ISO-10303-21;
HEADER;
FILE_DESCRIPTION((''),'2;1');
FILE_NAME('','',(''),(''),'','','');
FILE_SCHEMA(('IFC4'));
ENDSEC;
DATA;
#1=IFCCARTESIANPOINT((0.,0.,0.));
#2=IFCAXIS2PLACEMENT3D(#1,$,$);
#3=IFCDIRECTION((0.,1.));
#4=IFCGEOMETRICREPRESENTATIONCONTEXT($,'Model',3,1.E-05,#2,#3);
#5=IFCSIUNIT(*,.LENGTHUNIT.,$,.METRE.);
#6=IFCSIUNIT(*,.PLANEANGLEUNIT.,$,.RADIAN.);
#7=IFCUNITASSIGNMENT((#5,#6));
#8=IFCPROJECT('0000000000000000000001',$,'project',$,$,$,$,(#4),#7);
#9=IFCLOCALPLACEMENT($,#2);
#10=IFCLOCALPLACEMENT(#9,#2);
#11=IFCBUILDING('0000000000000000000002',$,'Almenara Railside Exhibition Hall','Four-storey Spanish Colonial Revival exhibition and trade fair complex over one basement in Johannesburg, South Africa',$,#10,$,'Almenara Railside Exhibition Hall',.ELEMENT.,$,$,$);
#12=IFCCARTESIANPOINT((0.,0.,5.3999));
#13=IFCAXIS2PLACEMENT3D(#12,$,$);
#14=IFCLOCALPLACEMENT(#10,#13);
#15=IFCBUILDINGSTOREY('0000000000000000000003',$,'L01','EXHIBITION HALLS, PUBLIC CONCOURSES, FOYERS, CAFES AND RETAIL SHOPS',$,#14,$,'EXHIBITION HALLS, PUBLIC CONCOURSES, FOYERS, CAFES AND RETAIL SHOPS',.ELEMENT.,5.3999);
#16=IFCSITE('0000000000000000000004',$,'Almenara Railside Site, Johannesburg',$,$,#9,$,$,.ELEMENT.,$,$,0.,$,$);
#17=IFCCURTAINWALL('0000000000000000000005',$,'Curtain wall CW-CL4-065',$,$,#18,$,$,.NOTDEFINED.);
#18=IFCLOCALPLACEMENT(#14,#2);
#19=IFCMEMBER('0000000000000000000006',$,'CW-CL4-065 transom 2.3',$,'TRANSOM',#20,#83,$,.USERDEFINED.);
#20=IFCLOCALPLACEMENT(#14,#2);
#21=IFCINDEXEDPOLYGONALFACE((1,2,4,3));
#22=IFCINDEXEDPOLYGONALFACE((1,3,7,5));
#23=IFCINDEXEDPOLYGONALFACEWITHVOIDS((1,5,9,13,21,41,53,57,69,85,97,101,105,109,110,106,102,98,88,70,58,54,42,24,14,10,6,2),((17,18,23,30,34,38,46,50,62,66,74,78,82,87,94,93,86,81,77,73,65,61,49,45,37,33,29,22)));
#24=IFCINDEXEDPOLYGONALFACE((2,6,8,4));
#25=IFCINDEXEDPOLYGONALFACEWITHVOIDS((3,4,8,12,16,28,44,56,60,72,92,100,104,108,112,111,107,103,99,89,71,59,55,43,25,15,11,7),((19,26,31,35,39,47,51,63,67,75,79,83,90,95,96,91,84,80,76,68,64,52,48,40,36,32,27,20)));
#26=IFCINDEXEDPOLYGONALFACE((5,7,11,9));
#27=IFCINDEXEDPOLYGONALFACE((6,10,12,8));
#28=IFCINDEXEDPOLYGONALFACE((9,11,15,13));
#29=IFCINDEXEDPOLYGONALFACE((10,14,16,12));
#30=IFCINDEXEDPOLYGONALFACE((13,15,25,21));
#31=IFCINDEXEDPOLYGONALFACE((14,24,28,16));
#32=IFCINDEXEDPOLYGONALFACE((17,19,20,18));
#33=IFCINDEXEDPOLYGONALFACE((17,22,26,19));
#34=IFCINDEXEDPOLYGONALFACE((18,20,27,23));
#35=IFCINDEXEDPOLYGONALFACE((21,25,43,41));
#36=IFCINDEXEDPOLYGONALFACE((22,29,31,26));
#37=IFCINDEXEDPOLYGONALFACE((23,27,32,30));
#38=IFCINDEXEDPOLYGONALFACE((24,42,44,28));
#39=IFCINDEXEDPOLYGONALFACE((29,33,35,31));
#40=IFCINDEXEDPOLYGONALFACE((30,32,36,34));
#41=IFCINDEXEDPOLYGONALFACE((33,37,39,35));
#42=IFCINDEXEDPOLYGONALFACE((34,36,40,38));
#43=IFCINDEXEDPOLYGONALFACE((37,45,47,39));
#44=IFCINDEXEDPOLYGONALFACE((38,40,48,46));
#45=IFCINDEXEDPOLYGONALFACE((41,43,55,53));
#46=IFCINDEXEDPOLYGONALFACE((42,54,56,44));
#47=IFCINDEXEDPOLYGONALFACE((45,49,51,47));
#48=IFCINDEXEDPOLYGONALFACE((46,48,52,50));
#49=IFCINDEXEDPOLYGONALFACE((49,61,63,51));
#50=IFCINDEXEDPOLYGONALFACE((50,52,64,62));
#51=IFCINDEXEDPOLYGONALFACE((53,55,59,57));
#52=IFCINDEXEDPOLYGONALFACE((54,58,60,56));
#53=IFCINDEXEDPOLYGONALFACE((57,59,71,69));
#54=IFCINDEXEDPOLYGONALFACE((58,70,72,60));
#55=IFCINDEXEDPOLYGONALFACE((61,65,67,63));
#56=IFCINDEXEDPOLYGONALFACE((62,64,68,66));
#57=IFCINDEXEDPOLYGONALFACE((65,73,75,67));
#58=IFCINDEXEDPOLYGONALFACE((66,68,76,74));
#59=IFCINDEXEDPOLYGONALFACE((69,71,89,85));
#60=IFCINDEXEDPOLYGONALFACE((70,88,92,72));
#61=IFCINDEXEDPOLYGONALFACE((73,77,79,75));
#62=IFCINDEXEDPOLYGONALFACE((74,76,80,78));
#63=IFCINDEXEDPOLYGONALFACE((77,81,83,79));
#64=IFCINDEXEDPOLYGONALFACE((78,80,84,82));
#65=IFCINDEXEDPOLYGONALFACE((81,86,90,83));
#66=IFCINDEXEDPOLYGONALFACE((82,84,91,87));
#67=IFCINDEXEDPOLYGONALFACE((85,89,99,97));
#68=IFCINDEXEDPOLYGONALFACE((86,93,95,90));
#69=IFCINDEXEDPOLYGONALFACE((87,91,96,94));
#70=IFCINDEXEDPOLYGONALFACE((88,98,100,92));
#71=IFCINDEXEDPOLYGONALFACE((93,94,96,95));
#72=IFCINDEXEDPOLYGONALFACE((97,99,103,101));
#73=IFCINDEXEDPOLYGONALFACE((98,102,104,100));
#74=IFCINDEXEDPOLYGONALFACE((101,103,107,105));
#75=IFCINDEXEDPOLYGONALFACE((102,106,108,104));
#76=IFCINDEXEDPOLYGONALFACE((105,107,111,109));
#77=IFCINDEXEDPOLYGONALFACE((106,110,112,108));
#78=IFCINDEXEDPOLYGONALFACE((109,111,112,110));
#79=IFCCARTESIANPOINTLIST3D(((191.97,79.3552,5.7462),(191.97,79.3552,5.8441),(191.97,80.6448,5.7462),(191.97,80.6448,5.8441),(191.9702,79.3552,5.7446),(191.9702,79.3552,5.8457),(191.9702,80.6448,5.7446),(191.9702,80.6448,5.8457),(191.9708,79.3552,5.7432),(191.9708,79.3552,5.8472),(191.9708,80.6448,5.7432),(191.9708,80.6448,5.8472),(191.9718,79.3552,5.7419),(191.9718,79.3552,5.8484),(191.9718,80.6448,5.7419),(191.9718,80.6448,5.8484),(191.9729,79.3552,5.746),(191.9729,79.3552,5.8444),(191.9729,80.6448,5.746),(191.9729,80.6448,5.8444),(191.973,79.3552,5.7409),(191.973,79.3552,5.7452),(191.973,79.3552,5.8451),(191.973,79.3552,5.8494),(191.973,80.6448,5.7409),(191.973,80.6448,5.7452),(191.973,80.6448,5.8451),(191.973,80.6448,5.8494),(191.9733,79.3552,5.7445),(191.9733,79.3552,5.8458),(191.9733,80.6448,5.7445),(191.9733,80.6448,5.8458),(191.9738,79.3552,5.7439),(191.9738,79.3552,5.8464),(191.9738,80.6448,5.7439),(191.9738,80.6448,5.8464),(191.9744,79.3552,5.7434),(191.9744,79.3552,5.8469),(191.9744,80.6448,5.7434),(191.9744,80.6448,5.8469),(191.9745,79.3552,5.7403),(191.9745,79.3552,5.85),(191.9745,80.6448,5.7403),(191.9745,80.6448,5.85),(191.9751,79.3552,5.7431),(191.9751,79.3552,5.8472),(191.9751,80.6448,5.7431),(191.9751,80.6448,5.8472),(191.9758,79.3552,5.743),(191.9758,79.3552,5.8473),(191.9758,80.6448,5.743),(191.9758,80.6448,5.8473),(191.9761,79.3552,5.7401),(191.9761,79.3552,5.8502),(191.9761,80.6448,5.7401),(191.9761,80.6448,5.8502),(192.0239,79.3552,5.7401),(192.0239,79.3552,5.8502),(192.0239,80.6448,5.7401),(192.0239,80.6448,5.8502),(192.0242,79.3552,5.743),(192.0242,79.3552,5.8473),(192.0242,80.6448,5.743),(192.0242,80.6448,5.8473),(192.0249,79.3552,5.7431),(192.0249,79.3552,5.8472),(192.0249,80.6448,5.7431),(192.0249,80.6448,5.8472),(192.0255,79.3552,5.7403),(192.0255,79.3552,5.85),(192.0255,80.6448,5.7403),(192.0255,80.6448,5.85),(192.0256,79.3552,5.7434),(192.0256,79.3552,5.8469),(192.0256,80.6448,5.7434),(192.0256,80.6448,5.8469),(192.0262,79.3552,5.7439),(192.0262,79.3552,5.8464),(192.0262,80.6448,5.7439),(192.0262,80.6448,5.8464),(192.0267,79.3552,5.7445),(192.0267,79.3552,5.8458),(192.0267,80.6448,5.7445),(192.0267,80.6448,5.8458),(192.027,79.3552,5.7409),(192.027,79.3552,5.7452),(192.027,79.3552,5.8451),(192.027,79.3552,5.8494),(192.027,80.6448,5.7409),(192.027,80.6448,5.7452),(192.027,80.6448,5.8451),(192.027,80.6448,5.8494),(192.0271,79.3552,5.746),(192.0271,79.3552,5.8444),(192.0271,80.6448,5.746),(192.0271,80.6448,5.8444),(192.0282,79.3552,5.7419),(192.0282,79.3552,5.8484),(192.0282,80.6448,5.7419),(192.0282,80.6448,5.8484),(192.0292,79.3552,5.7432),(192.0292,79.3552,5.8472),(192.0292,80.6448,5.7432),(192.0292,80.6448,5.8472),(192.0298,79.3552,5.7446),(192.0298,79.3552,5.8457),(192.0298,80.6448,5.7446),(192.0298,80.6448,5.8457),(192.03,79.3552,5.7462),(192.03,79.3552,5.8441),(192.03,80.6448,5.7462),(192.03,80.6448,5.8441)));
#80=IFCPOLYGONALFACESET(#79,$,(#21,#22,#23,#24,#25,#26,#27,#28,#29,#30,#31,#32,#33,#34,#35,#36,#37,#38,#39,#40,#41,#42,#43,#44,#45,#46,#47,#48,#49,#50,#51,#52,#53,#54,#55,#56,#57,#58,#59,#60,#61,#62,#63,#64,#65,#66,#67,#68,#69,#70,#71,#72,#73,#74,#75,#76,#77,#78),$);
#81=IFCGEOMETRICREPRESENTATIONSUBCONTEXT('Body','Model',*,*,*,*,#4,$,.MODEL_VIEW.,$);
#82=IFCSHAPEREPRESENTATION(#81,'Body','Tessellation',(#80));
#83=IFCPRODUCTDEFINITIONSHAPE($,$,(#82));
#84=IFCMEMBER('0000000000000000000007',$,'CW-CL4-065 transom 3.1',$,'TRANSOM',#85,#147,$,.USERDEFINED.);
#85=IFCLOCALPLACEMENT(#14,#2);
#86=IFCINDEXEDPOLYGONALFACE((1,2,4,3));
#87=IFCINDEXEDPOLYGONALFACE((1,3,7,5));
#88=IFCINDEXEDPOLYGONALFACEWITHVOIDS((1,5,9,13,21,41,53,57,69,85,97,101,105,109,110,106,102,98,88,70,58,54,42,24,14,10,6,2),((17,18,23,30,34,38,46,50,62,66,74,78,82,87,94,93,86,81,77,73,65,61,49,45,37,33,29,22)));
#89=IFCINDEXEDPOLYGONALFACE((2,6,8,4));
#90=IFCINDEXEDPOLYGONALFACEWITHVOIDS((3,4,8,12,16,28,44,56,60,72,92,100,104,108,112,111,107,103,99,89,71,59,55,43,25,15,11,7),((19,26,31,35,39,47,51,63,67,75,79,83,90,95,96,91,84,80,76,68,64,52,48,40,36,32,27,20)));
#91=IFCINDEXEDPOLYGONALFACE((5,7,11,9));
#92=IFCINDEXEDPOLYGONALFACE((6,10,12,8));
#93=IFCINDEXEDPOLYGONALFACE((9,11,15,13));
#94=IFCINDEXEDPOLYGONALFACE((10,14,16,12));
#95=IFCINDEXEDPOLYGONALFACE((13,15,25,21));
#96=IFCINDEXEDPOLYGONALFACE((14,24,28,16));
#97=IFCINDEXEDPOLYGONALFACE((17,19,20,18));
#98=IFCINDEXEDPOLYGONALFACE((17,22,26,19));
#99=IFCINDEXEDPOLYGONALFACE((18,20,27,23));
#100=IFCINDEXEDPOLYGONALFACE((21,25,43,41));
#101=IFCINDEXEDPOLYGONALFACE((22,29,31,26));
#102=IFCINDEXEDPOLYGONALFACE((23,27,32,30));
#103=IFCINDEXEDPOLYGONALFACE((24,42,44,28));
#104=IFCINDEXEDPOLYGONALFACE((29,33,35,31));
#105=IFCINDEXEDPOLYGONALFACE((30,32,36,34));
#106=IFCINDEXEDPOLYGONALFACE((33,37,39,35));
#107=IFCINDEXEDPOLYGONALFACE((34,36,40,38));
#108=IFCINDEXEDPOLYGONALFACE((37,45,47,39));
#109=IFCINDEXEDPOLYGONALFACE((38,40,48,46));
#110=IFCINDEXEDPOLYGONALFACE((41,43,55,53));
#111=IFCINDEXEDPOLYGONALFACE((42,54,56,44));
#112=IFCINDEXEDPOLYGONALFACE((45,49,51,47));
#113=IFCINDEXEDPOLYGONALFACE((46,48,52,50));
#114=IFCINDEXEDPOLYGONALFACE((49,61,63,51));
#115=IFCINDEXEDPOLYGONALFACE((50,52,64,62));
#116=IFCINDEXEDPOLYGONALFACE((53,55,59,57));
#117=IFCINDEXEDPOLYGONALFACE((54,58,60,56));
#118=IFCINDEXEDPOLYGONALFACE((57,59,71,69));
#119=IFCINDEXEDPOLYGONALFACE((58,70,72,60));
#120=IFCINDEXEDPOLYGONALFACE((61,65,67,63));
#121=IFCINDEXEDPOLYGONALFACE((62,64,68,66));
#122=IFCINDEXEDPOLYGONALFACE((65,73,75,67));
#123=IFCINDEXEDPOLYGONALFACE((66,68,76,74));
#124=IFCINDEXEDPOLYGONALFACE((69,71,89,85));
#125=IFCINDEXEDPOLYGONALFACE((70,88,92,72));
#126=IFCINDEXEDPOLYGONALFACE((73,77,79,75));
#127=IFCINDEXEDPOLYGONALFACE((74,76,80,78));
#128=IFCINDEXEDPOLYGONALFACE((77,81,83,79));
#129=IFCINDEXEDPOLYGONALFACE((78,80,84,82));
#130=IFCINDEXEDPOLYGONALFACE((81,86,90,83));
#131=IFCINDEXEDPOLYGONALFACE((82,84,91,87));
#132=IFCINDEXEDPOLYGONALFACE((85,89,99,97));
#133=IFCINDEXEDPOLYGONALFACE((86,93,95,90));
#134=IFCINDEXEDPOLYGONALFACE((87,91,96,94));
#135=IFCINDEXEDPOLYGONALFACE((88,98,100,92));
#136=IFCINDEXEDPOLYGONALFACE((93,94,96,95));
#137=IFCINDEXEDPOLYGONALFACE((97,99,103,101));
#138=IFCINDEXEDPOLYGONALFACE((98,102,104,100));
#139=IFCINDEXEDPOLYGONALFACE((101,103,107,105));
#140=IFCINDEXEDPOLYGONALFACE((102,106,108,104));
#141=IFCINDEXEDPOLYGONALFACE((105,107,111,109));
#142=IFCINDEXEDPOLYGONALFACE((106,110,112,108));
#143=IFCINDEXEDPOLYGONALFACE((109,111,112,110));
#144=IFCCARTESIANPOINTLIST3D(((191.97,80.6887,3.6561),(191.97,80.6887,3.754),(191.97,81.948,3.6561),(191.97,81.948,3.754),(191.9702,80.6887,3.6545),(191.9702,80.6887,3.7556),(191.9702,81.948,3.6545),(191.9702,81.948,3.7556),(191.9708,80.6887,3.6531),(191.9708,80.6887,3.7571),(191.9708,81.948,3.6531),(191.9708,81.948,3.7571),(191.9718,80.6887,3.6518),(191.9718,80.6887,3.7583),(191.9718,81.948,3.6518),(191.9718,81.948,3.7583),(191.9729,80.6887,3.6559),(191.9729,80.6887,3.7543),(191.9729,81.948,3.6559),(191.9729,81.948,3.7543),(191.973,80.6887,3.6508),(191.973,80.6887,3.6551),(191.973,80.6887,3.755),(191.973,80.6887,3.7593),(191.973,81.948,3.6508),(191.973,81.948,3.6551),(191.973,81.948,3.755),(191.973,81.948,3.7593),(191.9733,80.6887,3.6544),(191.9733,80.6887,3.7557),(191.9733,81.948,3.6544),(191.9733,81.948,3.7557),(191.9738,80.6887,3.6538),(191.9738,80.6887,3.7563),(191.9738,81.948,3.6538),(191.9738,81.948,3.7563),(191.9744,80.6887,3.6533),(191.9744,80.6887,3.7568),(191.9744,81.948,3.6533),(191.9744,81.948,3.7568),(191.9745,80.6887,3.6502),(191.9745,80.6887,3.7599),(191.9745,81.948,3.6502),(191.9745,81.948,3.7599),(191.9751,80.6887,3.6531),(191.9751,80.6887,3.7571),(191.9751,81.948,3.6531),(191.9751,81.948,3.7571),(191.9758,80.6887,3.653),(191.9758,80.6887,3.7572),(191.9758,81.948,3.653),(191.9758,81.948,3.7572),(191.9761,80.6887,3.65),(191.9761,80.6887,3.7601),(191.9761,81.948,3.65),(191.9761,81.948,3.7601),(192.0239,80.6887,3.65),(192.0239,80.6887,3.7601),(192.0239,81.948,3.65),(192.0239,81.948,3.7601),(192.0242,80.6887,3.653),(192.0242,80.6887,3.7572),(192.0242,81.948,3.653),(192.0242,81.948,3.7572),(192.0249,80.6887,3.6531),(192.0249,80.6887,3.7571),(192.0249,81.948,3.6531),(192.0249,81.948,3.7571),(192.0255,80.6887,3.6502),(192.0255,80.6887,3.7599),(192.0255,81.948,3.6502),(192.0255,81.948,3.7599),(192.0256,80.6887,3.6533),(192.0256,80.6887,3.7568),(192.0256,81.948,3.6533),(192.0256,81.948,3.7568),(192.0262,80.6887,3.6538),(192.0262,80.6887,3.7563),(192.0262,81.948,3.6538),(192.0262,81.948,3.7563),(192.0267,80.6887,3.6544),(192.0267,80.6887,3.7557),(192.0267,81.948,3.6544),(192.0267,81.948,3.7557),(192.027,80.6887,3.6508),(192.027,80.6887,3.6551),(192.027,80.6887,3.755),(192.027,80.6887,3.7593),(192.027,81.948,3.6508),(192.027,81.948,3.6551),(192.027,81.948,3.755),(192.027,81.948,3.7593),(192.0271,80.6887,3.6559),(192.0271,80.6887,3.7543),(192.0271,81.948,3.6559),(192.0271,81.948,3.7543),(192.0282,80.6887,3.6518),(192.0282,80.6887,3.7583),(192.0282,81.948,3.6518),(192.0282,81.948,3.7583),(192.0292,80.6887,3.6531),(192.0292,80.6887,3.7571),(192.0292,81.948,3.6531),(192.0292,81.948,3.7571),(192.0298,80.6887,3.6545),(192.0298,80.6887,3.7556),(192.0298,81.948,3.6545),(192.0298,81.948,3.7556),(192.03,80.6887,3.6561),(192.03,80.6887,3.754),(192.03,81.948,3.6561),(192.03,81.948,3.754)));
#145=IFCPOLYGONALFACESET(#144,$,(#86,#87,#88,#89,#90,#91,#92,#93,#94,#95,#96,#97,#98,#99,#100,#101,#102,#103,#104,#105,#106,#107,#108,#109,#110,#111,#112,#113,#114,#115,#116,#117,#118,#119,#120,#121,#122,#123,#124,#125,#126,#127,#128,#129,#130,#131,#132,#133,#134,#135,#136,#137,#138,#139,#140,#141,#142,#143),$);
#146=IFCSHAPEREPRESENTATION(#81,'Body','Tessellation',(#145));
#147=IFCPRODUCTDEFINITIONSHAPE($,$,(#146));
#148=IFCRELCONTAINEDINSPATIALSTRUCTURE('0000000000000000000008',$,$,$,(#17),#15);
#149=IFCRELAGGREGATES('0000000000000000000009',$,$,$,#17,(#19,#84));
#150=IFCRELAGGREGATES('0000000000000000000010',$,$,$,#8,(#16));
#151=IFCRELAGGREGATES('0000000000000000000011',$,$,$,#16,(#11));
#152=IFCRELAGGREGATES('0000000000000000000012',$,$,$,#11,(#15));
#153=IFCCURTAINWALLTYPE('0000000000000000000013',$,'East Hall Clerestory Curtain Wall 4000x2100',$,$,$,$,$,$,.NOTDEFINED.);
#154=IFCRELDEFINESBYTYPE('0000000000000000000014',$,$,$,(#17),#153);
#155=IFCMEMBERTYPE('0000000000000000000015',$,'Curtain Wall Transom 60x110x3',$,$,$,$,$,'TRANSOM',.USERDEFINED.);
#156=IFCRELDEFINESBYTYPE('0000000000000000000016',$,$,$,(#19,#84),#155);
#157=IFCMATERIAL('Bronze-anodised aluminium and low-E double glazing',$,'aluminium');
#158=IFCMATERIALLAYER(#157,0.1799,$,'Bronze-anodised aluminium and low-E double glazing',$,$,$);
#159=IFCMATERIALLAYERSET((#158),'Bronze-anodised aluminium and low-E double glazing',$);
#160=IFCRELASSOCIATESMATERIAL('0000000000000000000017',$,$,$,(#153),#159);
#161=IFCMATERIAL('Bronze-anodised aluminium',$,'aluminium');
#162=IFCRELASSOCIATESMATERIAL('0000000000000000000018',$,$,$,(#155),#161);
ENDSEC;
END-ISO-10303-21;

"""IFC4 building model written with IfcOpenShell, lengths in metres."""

from ifc_helpers import new_model, si_unit, direction, frame, origin, origin_2d, place, context, subcontext, project, spatial, hollow_rectangle, extrude, material, layer, layer_set, material_profile, profile_set, type_object, element, aggregate, save


model = new_model("IFC4")

# Units and contexts
model_context = context("Model", 3, precision=1e-05, world=origin(), true_north=direction((0.0, 1.0)))
body_context = subcontext(model_context, "Body", "Model", "MODEL_VIEW")
ifc_project = project(units=[si_unit("LENGTHUNIT", "METRE"), si_unit("PLANEANGLEUNIT", "RADIAN")], contexts=[model_context])

# Site, building, storey
site_placement = place(None, origin())
site = spatial("IfcSite", under=ifc_project, at=site_placement, Name="Almenara Railside Site, Johannesburg", CompositionType="ELEMENT", RefElevation=0.0)
building_placement = place(site_placement, origin())
building = spatial("IfcBuilding", under=site, at=building_placement, Name="Almenara Railside Exhibition Hall", Description="Four-storey Spanish Colonial Revival exhibition and trade fair complex over one basement in Johannesburg, South Africa", LongName="Almenara Railside Exhibition Hall", CompositionType="ELEMENT")
storey_placement = place(building_placement, frame((0.0, 0.0, 5.3999)))
storey = spatial("IfcBuildingStorey", under=building, at=storey_placement, Name="L01", Description="EXHIBITION HALLS, PUBLIC CONCOURSES, FOYERS, CAFES AND RETAIL SHOPS", LongName="EXHIBITION HALLS, PUBLIC CONCOURSES, FOYERS, CAFES AND RETAIL SHOPS", CompositionType="ELEMENT", Elevation=5.3999)

# Shared definitions
ifc_material_1 = material(Name="Bronze-anodised aluminium and low-E double glazing", Category="aluminium")
ifc_layer_1 = layer(ifc_material_1, 0.1799, Name="Bronze-anodised aluminium and low-E double glazing")
ifc_layer_set_1 = layer_set([ifc_layer_1], Name="Bronze-anodised aluminium and low-E double glazing")
curtain_wall_type = type_object("IfcCurtainWallType", Name="East Hall Clerestory Curtain Wall 4000x2100", PredefinedType="NOTDEFINED", material=ifc_layer_set_1)
ifc_material_2 = material(Name="Bronze-anodised aluminium", Category="aluminium")

# Curtain wall, members
curtain_wall_1_placement = place(storey_placement, origin())
curtain_wall_1 = element("IfcCurtainWall", 1, at=curtain_wall_1_placement, inside=storey, type_object=curtain_wall_type, Name="Curtain wall CW-CL4-065", PredefinedType="NOTDEFINED")
ifc_material_profile_1 = material_profile(ifc_material_2, hollow_rectangle(XDim=0.0601, YDim=0.1101, WallThickness=0.0029, InnerFilletRadius=0.0029, OuterFilletRadius=0.0061, at=origin_2d()), Name="ALU-TRN 60x110x3")
ifc_profile_set_1 = profile_set([ifc_material_profile_1], Name="Bronze-anodised aluminium")
member_type_1 = type_object("IfcMemberType", Name="Curtain Wall Transom 60x110x3", ElementType="TRANSOM", PredefinedType="USERDEFINED", material=ifc_profile_set_1)
member_1_placement = place(storey_placement, frame((192.0, 79.3552, 5.7952), z_axis=(0.0, 1.0, 0.0), x_axis=(-1.0, 0.0, 0.0)))
member_1 = element("IfcMember", 2, at=member_1_placement, type_object=member_type_1, Name="CW-CL4-065 transom 2.3", ObjectType="TRANSOM", PredefinedType="USERDEFINED", context=body_context, shape_type="SweptSolid", body=[
    extrude(hollow_rectangle(XDim=0.0601, YDim=0.1101, WallThickness=0.0029, InnerFilletRadius=0.0029, OuterFilletRadius=0.0061, at=origin_2d()), origin(), (0.0, 0.0, 1.0), 1.2896),
])
member_2_placement = place(storey_placement, frame((192.0, 80.6887, 3.7051), z_axis=(0.0, 1.0, 0.0), x_axis=(-1.0, 0.0, 0.0)))
member_2 = element("IfcMember", 3, at=member_2_placement, type_object=member_type_1, Name="CW-CL4-065 transom 3.1", ObjectType="TRANSOM", PredefinedType="USERDEFINED", context=body_context, shape_type="SweptSolid", body=[
    extrude(hollow_rectangle(XDim=0.0601, YDim=0.1101, WallThickness=0.0029, InnerFilletRadius=0.0029, OuterFilletRadius=0.0061, at=origin_2d()), origin(), (0.0, 0.0, 1.0), 1.2593),
])

aggregate(curtain_wall_1, [member_1, member_2])

save(model, "model.ifc")
